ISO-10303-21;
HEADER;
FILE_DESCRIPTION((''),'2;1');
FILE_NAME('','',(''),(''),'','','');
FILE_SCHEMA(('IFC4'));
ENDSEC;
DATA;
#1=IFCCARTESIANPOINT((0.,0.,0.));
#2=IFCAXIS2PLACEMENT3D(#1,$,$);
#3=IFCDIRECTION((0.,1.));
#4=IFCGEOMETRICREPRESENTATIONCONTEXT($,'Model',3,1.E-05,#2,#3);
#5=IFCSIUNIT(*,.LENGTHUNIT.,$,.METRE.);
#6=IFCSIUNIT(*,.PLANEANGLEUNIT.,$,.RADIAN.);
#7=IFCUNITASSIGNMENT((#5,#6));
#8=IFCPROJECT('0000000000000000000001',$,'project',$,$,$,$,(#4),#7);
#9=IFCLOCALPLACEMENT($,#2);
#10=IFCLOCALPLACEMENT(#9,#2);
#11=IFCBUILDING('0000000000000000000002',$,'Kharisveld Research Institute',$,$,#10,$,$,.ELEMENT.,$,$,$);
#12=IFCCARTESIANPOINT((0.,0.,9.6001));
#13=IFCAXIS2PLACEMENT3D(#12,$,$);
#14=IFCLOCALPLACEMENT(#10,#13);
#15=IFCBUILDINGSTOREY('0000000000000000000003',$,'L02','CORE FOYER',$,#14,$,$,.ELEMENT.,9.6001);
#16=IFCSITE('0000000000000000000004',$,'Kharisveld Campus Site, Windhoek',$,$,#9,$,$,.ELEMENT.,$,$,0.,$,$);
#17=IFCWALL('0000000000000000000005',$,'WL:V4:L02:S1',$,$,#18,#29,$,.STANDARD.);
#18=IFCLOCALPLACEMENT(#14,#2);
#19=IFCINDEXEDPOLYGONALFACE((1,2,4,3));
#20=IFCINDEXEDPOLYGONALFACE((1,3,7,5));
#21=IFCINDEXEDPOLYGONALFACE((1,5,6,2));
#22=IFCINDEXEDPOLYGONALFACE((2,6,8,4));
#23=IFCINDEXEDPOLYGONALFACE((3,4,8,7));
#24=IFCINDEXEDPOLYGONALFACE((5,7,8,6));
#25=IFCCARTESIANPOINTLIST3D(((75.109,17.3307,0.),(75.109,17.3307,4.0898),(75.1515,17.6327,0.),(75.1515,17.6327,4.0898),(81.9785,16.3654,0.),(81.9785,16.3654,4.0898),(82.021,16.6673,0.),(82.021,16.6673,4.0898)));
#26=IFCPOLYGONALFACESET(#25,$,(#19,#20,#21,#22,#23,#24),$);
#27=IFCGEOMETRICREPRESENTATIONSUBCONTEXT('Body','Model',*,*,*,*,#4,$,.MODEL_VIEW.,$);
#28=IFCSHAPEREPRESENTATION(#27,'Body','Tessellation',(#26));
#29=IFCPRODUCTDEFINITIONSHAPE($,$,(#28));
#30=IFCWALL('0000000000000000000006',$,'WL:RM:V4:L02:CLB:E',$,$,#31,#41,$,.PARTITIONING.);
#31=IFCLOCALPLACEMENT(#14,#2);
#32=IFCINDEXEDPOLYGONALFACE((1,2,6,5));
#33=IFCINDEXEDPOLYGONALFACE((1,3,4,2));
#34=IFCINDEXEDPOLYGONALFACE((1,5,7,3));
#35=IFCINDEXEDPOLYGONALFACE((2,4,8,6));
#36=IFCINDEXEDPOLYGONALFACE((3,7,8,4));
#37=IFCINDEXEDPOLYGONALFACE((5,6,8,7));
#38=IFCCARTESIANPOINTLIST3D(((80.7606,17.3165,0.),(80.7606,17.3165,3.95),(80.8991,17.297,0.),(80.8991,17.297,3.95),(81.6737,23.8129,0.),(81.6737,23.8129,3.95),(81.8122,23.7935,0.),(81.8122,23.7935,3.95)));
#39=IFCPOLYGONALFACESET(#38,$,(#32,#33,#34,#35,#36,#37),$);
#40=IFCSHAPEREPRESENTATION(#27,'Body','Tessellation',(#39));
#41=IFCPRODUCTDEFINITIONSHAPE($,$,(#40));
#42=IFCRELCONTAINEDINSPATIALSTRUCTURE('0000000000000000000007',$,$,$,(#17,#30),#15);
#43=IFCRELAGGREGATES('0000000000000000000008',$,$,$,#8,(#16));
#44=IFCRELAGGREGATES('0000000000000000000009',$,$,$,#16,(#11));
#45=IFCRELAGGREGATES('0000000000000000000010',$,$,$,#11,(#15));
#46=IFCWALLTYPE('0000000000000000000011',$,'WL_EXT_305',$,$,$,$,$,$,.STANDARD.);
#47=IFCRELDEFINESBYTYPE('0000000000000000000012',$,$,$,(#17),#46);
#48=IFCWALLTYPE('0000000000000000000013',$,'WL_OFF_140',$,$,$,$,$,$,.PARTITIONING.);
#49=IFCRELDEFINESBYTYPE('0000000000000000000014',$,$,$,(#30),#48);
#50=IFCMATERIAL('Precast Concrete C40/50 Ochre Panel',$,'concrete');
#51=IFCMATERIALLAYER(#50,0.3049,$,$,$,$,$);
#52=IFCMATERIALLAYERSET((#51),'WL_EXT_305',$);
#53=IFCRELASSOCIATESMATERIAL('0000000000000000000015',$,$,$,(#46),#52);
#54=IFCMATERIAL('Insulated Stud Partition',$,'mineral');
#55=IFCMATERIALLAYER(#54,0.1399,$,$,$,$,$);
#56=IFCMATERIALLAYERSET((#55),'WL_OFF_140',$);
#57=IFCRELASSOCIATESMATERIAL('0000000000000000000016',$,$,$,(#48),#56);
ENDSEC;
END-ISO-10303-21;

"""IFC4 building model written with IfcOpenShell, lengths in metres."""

from ifc_helpers import new_model, si_unit, direction, frame, frame_2d, origin, place, context, subcontext, project, spatial, rectangle, extrude, material, layer, layer_set, type_object, element, save


model = new_model("IFC4")

# Units and contexts
model_context = context("Model", 3, precision=1e-05, world=origin(), true_north=direction((0.0, 1.0)))
body_context = subcontext(model_context, "Body", "Model", "MODEL_VIEW")
ifc_project = project(units=[si_unit("LENGTHUNIT", "METRE"), si_unit("PLANEANGLEUNIT", "RADIAN")], contexts=[model_context])

# Site, building, storey
site_placement = place(None, origin())
site = spatial("IfcSite", under=ifc_project, at=site_placement, Name="Kharisveld Campus Site, Windhoek", CompositionType="ELEMENT", RefElevation=0.0)
building_placement = place(site_placement, origin())
building = spatial("IfcBuilding", under=site, at=building_placement, Name="Kharisveld Research Institute", CompositionType="ELEMENT")
storey_placement = place(building_placement, frame((0.0, 0.0, 9.6001)))
storey = spatial("IfcBuildingStorey", under=building, at=storey_placement, Name="L02", Description="CORE FOYER", CompositionType="ELEMENT", Elevation=9.6001)

# Walls
ifc_material_1 = material(Name="Precast Concrete C40/50 Ochre Panel", Category="concrete")
ifc_layer_1 = layer(ifc_material_1, 0.3049)
ifc_layer_set_1 = layer_set([ifc_layer_1], Name="WL_EXT_305")
wall_type_1 = type_object("IfcWallType", Name="WL_EXT_305", PredefinedType="STANDARD", material=ifc_layer_set_1)
wall_1_placement = place(storey_placement, frame((81.9998, 16.5164, 0.0), z_axis=(0.0, 0.0, 1.0), x_axis=(-0.990271, 0.139155, 0.0)))
element("IfcWall", 1, at=wall_1_placement, inside=storey, type_object=wall_type_1, Name="WL:V4:L02:S1", PredefinedType="STANDARD", context=body_context, shape_type="SweptSolid", body=[
    extrude(rectangle(XDim=6.937, YDim=0.3049, at=frame_2d((3.4685, 0.0))), origin(), (0.0, 0.0, 1.0), 4.0898),
])
ifc_material_2 = material(Name="Insulated Stud Partition", Category="mineral")
ifc_layer_2 = layer(ifc_material_2, 0.1399)
ifc_layer_set_2 = layer_set([ifc_layer_2], Name="WL_OFF_140")
wall_type_2 = type_object("IfcWallType", Name="WL_OFF_140", PredefinedType="PARTITIONING", material=ifc_layer_set_2)
wall_2_placement = place(storey_placement, frame((80.8298, 17.3066, 0.0), z_axis=(0.0, 0.0, 1.0), x_axis=(0.139186, 0.990266, 0.0)))
element("IfcWall", 2, at=wall_2_placement, inside=storey, type_object=wall_type_2, Name="WL:RM:V4:L02:CLB:E", PredefinedType="PARTITIONING", context=body_context, shape_type="SweptSolid", body=[
    extrude(rectangle(XDim=6.5603, YDim=0.1399, at=frame_2d((3.2803, 0.0))), origin(), (0.0, 0.0, 1.0), 3.95),
])

save(model, "model.ifc")
